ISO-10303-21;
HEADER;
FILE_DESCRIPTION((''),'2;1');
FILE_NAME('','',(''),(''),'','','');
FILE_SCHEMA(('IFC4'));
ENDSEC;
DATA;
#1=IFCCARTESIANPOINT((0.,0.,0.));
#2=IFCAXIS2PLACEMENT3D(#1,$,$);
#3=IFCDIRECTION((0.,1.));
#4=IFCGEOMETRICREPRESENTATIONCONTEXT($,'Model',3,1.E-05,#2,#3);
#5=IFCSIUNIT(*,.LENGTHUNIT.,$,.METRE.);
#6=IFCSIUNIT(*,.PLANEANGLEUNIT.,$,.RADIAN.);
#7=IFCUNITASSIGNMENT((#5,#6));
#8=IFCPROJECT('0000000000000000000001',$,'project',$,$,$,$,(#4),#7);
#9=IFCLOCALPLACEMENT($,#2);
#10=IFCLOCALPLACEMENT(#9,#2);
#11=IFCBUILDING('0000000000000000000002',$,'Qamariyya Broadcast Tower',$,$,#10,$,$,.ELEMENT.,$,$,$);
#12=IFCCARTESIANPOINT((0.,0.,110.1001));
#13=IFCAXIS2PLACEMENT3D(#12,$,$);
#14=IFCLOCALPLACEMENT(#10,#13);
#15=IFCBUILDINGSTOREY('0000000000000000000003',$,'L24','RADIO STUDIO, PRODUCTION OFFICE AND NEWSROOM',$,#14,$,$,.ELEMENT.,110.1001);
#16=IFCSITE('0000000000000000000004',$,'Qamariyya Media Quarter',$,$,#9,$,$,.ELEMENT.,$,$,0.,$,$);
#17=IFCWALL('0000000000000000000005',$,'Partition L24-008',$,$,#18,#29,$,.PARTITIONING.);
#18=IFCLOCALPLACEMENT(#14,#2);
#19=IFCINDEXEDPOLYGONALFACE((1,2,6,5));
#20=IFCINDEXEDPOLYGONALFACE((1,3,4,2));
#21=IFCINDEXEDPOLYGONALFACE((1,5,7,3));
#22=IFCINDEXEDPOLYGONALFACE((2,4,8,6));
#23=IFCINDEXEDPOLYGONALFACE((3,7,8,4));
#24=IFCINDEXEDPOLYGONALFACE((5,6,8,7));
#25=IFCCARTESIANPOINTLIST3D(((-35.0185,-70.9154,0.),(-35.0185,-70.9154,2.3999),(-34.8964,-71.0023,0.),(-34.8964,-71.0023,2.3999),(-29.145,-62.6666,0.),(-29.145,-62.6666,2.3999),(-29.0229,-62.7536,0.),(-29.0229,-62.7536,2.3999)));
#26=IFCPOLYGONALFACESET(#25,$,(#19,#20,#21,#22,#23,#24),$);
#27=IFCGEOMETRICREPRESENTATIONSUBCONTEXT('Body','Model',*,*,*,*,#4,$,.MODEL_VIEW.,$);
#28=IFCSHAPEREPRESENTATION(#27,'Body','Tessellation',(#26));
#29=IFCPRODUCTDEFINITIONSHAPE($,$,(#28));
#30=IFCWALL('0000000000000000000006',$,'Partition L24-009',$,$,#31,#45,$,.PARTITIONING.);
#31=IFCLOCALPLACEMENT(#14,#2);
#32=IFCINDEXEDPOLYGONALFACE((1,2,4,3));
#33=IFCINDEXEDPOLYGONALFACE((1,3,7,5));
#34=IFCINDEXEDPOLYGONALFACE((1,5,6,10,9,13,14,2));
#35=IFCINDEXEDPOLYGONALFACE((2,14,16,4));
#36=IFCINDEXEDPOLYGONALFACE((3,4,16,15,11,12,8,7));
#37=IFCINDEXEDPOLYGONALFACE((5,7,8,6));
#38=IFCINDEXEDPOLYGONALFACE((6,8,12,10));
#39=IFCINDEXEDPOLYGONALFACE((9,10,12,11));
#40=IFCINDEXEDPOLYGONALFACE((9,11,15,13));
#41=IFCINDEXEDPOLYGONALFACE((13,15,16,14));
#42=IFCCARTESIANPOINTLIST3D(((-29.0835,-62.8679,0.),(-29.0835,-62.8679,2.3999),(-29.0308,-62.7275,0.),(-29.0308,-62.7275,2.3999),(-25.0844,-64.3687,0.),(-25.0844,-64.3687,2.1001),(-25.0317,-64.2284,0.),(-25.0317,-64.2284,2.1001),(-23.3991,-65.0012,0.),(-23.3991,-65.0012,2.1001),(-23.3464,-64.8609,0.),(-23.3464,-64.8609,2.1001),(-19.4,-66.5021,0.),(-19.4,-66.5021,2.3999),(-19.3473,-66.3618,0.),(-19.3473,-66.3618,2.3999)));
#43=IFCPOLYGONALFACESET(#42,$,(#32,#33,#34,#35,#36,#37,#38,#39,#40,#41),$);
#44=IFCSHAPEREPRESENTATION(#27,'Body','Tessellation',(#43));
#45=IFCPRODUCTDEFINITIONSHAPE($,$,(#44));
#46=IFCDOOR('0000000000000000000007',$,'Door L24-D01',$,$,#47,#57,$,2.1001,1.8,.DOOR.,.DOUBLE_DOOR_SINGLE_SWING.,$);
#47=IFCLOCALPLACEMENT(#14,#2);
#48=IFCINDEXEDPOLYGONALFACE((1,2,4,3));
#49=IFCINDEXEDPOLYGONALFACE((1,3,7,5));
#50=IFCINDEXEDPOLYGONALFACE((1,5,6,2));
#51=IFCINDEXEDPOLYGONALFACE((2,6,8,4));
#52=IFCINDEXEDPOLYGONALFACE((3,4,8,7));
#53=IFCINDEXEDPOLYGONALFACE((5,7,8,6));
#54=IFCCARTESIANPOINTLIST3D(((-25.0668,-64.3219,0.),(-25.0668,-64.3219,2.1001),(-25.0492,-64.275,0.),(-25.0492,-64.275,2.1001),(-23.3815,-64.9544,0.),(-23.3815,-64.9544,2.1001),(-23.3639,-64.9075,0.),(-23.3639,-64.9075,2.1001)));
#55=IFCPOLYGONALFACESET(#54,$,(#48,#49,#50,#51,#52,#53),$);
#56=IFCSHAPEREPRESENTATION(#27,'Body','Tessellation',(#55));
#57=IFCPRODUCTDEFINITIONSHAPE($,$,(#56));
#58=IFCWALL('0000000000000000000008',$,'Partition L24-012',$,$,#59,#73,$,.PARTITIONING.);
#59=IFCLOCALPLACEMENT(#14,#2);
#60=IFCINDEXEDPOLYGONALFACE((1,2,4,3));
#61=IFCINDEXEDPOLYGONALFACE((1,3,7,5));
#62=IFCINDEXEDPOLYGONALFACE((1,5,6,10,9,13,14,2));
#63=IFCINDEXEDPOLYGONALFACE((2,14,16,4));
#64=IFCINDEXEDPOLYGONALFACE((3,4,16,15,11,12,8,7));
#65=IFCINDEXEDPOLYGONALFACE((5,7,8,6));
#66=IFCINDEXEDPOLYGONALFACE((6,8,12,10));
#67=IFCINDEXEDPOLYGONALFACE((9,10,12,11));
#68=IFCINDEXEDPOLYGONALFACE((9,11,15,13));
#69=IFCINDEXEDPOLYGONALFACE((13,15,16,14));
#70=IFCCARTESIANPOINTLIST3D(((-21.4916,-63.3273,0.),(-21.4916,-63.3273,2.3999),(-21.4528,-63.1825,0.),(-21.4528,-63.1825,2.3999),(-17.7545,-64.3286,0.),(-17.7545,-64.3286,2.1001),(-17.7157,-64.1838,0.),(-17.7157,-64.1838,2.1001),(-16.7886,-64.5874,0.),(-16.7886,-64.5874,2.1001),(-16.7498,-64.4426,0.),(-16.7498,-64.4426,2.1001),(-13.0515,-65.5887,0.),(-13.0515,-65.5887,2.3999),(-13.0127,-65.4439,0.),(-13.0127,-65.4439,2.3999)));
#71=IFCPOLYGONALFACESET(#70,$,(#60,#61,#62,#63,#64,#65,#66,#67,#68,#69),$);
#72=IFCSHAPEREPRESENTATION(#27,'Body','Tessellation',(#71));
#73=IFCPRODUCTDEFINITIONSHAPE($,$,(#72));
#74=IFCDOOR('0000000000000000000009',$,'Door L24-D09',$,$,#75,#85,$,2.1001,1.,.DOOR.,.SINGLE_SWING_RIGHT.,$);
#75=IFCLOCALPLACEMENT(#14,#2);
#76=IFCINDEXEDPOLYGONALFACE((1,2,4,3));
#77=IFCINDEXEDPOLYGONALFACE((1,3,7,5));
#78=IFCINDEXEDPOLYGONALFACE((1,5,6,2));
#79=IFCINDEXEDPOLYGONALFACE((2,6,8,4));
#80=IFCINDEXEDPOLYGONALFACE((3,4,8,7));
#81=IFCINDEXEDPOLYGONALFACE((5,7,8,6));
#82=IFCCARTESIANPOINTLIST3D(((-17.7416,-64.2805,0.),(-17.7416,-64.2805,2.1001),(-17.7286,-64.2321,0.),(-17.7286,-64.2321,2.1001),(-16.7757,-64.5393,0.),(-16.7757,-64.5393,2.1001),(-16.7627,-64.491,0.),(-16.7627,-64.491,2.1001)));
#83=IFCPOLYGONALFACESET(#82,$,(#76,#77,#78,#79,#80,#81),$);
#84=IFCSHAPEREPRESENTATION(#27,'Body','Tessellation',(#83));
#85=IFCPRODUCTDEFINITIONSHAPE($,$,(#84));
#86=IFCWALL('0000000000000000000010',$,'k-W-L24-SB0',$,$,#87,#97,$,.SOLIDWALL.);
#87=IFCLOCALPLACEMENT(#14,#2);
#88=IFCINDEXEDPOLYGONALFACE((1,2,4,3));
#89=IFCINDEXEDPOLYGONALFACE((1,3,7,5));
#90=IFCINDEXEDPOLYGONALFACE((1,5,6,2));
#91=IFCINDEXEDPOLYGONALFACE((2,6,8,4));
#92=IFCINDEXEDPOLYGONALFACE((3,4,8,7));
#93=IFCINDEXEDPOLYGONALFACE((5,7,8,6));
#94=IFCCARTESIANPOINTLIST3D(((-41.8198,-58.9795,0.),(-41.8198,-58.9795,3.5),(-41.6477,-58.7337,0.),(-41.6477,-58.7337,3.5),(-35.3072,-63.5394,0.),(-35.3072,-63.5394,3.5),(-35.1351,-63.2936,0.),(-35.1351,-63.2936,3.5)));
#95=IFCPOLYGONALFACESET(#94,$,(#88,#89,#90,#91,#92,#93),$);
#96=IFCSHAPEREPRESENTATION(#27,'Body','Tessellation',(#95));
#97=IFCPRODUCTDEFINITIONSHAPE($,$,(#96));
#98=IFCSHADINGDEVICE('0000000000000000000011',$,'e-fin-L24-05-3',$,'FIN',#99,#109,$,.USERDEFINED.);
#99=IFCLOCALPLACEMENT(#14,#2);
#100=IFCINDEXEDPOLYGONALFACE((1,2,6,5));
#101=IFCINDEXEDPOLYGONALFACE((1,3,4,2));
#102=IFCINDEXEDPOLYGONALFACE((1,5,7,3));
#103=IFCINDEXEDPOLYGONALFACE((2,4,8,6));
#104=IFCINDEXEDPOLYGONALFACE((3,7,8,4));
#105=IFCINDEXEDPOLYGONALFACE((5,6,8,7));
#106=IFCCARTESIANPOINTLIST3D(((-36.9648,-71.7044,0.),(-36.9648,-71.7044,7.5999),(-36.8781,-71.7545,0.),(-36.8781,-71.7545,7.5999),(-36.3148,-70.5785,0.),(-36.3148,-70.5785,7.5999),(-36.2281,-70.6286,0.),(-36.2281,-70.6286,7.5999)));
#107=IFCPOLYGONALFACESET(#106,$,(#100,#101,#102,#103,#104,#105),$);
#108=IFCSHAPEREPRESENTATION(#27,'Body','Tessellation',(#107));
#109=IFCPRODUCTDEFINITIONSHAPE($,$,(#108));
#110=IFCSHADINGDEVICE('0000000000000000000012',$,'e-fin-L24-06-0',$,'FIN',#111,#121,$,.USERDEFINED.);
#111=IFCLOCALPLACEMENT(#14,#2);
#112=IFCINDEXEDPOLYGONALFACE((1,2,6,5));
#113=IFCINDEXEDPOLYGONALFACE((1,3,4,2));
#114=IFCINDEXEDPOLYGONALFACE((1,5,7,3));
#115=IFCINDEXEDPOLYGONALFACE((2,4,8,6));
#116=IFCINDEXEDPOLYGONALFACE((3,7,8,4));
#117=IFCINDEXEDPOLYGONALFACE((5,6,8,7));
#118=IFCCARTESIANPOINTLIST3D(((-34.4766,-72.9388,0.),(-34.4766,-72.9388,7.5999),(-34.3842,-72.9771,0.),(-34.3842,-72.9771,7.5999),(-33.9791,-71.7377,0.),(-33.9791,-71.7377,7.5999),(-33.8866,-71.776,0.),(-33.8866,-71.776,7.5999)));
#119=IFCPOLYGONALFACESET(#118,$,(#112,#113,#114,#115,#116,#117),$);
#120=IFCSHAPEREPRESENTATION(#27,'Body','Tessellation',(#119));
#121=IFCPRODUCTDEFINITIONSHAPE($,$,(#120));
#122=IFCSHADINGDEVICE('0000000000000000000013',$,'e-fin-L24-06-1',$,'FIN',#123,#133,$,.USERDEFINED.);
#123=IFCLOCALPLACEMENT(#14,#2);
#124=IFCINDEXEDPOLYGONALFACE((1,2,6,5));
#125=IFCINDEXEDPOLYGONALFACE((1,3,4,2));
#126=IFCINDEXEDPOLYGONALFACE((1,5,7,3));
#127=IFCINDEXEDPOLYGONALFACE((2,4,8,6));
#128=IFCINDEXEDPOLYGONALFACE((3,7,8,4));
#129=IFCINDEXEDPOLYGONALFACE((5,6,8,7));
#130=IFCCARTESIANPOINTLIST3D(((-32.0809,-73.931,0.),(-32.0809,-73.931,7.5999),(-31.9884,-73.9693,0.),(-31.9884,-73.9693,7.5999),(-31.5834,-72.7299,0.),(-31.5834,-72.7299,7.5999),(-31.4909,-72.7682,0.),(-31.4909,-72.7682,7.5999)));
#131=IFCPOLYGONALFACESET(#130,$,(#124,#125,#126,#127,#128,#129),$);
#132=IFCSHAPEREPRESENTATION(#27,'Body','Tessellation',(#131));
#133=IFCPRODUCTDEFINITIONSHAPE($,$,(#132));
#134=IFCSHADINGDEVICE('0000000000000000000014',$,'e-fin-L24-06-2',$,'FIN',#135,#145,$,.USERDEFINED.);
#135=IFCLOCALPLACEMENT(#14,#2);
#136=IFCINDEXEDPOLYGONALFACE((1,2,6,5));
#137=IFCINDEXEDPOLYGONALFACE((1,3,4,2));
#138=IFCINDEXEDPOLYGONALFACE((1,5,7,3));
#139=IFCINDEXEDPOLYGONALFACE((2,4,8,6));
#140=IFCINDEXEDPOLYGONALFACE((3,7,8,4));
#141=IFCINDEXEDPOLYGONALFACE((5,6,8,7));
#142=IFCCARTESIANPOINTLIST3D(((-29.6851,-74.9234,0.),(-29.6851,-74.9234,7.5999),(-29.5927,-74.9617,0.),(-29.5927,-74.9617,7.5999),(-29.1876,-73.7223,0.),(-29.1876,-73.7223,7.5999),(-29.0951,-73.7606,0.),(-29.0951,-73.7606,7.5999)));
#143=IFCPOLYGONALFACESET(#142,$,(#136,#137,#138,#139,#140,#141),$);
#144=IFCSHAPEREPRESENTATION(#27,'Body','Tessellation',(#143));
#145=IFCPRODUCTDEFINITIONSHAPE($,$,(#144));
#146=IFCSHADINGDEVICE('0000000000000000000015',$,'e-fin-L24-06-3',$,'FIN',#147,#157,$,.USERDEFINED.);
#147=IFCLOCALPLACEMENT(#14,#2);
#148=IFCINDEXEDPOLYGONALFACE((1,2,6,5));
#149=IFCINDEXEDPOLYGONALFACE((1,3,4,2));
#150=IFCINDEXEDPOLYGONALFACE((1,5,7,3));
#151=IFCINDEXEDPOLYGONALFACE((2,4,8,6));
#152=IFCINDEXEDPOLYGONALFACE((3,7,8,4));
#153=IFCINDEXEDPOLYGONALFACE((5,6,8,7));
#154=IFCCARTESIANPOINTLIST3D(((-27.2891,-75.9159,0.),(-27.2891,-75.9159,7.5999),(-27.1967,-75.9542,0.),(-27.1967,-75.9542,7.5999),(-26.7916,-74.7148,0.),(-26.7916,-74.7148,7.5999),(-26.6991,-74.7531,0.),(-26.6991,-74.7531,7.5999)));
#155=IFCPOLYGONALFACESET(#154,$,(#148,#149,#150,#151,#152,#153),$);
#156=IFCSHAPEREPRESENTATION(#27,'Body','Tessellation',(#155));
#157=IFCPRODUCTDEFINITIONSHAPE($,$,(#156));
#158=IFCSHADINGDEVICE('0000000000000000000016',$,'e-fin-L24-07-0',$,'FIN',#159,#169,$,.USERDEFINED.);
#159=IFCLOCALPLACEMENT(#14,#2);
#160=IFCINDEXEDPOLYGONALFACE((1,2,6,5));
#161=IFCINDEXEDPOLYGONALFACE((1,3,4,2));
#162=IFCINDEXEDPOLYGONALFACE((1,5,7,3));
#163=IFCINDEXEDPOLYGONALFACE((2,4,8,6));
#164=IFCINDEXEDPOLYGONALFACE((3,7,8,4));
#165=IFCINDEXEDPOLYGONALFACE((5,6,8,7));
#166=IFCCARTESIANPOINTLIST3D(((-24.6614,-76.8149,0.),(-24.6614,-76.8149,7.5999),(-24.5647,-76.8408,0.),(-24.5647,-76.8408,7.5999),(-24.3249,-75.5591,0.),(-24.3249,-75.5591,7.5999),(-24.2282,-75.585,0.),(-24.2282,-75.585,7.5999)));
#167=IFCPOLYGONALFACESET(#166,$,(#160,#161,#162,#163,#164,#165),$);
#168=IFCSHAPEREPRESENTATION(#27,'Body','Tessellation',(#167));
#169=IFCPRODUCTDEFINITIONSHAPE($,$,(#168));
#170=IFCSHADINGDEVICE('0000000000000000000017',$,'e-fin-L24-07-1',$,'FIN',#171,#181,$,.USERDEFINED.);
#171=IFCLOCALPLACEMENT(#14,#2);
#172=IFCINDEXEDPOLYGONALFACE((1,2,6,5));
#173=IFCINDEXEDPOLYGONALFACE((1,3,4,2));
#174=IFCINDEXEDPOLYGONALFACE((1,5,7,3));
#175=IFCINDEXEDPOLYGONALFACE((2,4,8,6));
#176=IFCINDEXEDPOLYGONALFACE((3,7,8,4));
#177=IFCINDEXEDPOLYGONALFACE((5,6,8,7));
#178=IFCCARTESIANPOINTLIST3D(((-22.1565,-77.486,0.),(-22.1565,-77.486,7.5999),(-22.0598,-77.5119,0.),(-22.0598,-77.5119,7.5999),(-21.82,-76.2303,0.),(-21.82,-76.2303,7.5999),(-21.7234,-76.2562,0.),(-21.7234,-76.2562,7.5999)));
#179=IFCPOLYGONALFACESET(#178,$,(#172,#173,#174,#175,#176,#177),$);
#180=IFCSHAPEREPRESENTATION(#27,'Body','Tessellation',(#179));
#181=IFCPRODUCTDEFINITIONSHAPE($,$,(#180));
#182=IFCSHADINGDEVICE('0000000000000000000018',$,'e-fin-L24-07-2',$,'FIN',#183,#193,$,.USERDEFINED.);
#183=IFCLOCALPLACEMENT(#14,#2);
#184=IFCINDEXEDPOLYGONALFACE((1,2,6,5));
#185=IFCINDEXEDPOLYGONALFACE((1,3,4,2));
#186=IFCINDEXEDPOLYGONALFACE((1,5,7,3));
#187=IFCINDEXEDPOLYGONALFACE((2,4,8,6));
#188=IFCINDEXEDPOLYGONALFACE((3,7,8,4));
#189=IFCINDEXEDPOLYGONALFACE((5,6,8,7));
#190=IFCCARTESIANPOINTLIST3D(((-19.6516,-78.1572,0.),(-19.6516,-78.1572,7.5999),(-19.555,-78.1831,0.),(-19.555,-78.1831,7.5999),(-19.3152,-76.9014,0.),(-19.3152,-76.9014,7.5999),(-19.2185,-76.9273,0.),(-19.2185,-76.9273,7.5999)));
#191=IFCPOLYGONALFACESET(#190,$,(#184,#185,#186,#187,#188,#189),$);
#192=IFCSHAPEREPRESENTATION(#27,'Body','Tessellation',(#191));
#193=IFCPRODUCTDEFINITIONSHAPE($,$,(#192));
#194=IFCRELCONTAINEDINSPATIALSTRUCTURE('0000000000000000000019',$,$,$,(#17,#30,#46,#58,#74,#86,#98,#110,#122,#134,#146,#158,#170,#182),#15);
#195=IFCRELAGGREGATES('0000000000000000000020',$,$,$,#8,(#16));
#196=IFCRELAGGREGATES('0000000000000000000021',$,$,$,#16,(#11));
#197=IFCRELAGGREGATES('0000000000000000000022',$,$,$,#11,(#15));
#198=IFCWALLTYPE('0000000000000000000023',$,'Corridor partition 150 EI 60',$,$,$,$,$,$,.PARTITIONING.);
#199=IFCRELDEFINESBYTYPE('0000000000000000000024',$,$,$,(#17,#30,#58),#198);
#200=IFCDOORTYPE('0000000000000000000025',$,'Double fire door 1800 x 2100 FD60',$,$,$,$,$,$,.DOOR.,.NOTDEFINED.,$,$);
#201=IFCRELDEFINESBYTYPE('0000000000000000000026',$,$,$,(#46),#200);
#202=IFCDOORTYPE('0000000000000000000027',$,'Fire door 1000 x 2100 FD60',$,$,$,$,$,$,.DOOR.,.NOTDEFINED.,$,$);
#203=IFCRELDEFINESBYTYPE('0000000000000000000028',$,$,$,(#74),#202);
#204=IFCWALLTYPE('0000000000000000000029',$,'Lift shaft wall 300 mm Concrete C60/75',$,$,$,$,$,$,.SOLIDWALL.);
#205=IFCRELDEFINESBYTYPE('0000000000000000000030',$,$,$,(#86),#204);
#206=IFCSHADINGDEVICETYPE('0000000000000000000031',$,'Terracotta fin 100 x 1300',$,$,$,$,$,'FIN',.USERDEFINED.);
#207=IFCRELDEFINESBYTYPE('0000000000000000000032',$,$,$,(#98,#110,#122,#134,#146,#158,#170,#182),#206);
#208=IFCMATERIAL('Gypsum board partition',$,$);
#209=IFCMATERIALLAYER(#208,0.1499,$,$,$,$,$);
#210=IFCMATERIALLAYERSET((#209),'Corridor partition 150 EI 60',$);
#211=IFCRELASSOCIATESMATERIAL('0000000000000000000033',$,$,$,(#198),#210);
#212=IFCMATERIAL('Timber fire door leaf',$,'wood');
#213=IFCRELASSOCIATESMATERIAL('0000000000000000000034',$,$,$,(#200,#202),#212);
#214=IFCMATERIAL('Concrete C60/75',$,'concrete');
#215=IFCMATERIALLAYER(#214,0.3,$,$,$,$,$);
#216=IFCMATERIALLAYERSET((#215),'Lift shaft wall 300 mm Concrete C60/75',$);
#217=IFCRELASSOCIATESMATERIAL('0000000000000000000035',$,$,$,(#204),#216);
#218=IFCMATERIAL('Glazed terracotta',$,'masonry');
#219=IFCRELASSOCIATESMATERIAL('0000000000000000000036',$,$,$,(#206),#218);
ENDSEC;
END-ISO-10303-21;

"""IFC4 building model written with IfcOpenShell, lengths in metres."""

from ifc_helpers import new_model, si_unit, direction, frame, frame_2d, origin, origin_2d, place, context, subcontext, project, spatial, rectangle, extrude, material, layer, layer_set, material_profile, profile_set, type_object, element, fill, save


model = new_model("IFC4")

# Units and contexts
model_context = context("Model", 3, precision=1e-05, world=origin(), true_north=direction((0.0, 1.0)))
body_context = subcontext(model_context, "Body", "Model", "MODEL_VIEW")
ifc_project = project(units=[si_unit("LENGTHUNIT", "METRE"), si_unit("PLANEANGLEUNIT", "RADIAN")], contexts=[model_context])

# Site, building, storey
site_placement = place(None, origin())
site = spatial("IfcSite", under=ifc_project, at=site_placement, Name="Qamariyya Media Quarter", CompositionType="ELEMENT", RefElevation=0.0)
building_placement = place(site_placement, origin())
building = spatial("IfcBuilding", under=site, at=building_placement, Name="Qamariyya Broadcast Tower", CompositionType="ELEMENT")
storey_placement = place(building_placement, frame((0.0, 0.0, 110.1001)))
storey = spatial("IfcBuildingStorey", under=building, at=storey_placement, Name="L24", Description="RADIO STUDIO, PRODUCTION OFFICE AND NEWSROOM", CompositionType="ELEMENT", Elevation=110.1001)

# Wall
ifc_material_1 = material(Name="Gypsum board partition")
ifc_layer_1 = layer(ifc_material_1, 0.1499)
ifc_layer_set_1 = layer_set([ifc_layer_1], Name="Corridor partition 150 EI 60")
wall_type_1 = type_object("IfcWallType", Name="Corridor partition 150 EI 60", PredefinedType="PARTITIONING", material=ifc_layer_set_1)
wall_1_placement = place(storey_placement, frame((-29.084, -62.7102, 0.0), z_axis=(0.0, 0.0, 1.0), x_axis=(-0.580031, -0.814594, 0.0)))
element("IfcWall", 1, at=wall_1_placement, inside=storey, type_object=wall_type_1, Name="Partition L24-008", PredefinedType="PARTITIONING", context=body_context, shape_type="SweptSolid", body=[
    extrude(rectangle(XDim=10.1262, YDim=0.1499, at=frame_2d((5.063, 0.0))), origin(), (0.0, 0.0, 1.0), 2.3999),
])

# Walls, openings, doors
wall_2_placement = place(storey_placement, frame((-19.3738, -66.4319, 0.0), z_axis=(0.0, 0.0, 1.0), x_axis=(-0.936236, 0.351372, 0.0)))
wall_2 = element("IfcWall", 2, at=wall_2_placement, inside=storey, type_object=wall_type_1, Name="Partition L24-009", PredefinedType="PARTITIONING", context=body_context, shape_type="SweptSolid", body=[
    extrude(rectangle(XDim=10.343, YDim=0.1499, at=frame_2d((5.1714, 0.0))), origin(), (0.0, 0.0, 1.0), 2.3999),
])
opening_1_placement = place(wall_2_placement, frame((4.2715, 0.0, 0.0)))
opening_1 = element("IfcOpeningElement", 3, at=opening_1_placement, cuts=wall_2, PredefinedType="OPENING", context=body_context, shape_type="SweptSolid", body=[
    extrude(rectangle(XDim=1.8, YDim=2.1001, at=frame_2d((0.8999, 1.05))), frame((0.0, 0.085, 0.0), z_axis=(0.0, -1.0, 0.0), x_axis=(1.0, 0.0, 0.0)), (0.0, 0.0, 1.0), 0.1699),
])
ifc_material_2 = material(Name="Timber fire door leaf", Category="wood")
door_type_1 = type_object("IfcDoorType", Name="Double fire door 1800 x 2100 FD60", OperationType="NOTDEFINED", PredefinedType="DOOR", material=ifc_material_2)
door_1_placement = place(opening_1_placement, origin())
door_1 = element("IfcDoor", 4, at=door_1_placement, inside=storey, type_object=door_type_1, Name="Door L24-D01", OperationType="DOUBLE_DOOR_SINGLE_SWING", OverallHeight=2.1001, OverallWidth=1.8, PredefinedType="DOOR", context=body_context, shape_type="SweptSolid", body=[
    extrude(rectangle(XDim=1.8, YDim=2.1001, at=frame_2d((0.8999, 1.05))), frame((0.0, 0.0249, 0.0), z_axis=(0.0, -1.0, 0.0), x_axis=(1.0, 0.0, 0.0)), (0.0, 0.0, 1.0), 0.05),
])
fill(opening_1, door_1)
wall_3_placement = place(storey_placement, frame((-21.4722, -63.2549, 0.0), z_axis=(0.0, 0.0, 1.0), x_axis=(0.965928, -0.258812, 0.0)))
wall_3 = element("IfcWall", 5, at=wall_3_placement, inside=storey, type_object=wall_type_1, Name="Partition L24-012", PredefinedType="PARTITIONING", context=body_context, shape_type="SweptSolid", body=[
    extrude(rectangle(XDim=8.7378, YDim=0.1499, at=frame_2d((4.3689, 0.0))), origin(), (0.0, 0.0, 1.0), 2.3999),
])
opening_2_placement = place(wall_3_placement, frame((3.8689, 0.0, 0.0)))
opening_2 = element("IfcOpeningElement", 6, at=opening_2_placement, cuts=wall_3, PredefinedType="OPENING", context=body_context, shape_type="SweptSolid", body=[
    extrude(rectangle(XDim=1.0, YDim=2.1001, at=frame_2d((0.5, 1.05))), frame((0.0, 0.085, 0.0), z_axis=(0.0, -1.0, 0.0), x_axis=(1.0, 0.0, 0.0)), (0.0, 0.0, 1.0), 0.1699),
])
door_type_2 = type_object("IfcDoorType", Name="Fire door 1000 x 2100 FD60", OperationType="NOTDEFINED", PredefinedType="DOOR", material=ifc_material_2)
door_2_placement = place(opening_2_placement, origin())
door_2 = element("IfcDoor", 7, at=door_2_placement, inside=storey, type_object=door_type_2, Name="Door L24-D09", OperationType="SINGLE_SWING_RIGHT", OverallHeight=2.1001, OverallWidth=1.0, PredefinedType="DOOR", context=body_context, shape_type="SweptSolid", body=[
    extrude(rectangle(XDim=1.0, YDim=2.1001, at=frame_2d((0.5, 1.05))), frame((0.0, 0.0249, 0.0), z_axis=(0.0, -1.0, 0.0), x_axis=(1.0, 0.0, 0.0)), (0.0, 0.0, 1.0), 0.05),
])
fill(opening_2, door_2)

# Wall
ifc_material_3 = material(Name="Concrete C60/75", Category="concrete")
ifc_layer_2 = layer(ifc_material_3, 0.3)
ifc_layer_set_2 = layer_set([ifc_layer_2], Name="Lift shaft wall 300 mm Concrete C60/75")
wall_type_2 = type_object("IfcWallType", Name="Lift shaft wall 300 mm Concrete C60/75", PredefinedType="SOLIDWALL", material=ifc_layer_set_2)
wall_4_placement = place(storey_placement, frame((-35.2212, -63.4165, 0.0), z_axis=(0.0, 0.0, 1.0), x_axis=(-0.819167, 0.573555, 0.0)))
element("IfcWall", 8, at=wall_4_placement, inside=storey, type_object=wall_type_2, Name="k-W-L24-SB0", PredefinedType="SOLIDWALL", context=body_context, shape_type="SweptSolid", body=[
    extrude(rectangle(XDim=7.9502, YDim=0.3, at=frame_2d((3.9751, 0.0))), origin(), (0.0, 0.0, 1.0), 3.5),
])

# Shading devices
ifc_material_4 = material(Name="Glazed terracotta", Category="masonry")
ifc_material_profile_1 = material_profile(ifc_material_4, rectangle(XDim=1.3, YDim=0.1001, at=origin_2d()))
ifc_profile_set_1 = profile_set([ifc_material_profile_1], Name="Glazed terracotta")
shading_device_type_1 = type_object("IfcShadingDeviceType", Name="Terracotta fin 100 x 1300", ElementType="FIN", PredefinedType="USERDEFINED", material=ifc_profile_set_1)
for number, where, z_axis, x_axis, name in (
    (9, (-36.5964, -71.1665, 0.0), (0.0, 0.0, 1.0), (-0.5, -0.866025, 0.0), "e-fin-L24-05-3"),
    (10, (-34.1816, -72.3574, 0.0), (0.0, 0.0, 1.0), (-0.382683, -0.92388, 0.0), "e-fin-L24-06-0"),
    (11, (-31.7859, -73.3496, 0.0), (0.0, 0.0, 1.0), (-0.382683, -0.92388, 0.0), "e-fin-L24-06-1"),
    (12, (-29.3901, -74.342, 0.0), (0.0, 0.0, 1.0), (-0.382683, -0.92388, 0.0), "e-fin-L24-06-2"),
    (13, (-26.9941, -75.3345, 0.0), (0.0, 0.0, 1.0), (-0.382683, -0.92388, 0.0), "e-fin-L24-06-3"),
    (14, (-24.4448, -76.2, 0.0), (0.0, 0.0, 1.0), (-0.258819, -0.965926, 0.0), "e-fin-L24-07-0"),
    (15, (-21.9399, -76.8711, 0.0), (0.0, 0.0, 1.0), (-0.258819, -0.965926, 0.0), "e-fin-L24-07-1"),
    (16, (-19.4351, -77.5422, 0.0), (0.0, 0.0, 1.0), (-0.258819, -0.965926, 0.0), "e-fin-L24-07-2"),
):
    element("IfcShadingDevice", number, at=place(storey_placement, frame(where, z_axis=z_axis, x_axis=x_axis)), inside=storey, type_object=shading_device_type_1, Name=name, ObjectType="FIN", PredefinedType="USERDEFINED", context=body_context, shape_type="SweptSolid", body=[
        extrude(rectangle(XDim=1.3, YDim=0.1001, at=origin_2d()), origin(), (0.0, 0.0, 1.0), 7.5999),
    ])

save(model, "model.ifc")
